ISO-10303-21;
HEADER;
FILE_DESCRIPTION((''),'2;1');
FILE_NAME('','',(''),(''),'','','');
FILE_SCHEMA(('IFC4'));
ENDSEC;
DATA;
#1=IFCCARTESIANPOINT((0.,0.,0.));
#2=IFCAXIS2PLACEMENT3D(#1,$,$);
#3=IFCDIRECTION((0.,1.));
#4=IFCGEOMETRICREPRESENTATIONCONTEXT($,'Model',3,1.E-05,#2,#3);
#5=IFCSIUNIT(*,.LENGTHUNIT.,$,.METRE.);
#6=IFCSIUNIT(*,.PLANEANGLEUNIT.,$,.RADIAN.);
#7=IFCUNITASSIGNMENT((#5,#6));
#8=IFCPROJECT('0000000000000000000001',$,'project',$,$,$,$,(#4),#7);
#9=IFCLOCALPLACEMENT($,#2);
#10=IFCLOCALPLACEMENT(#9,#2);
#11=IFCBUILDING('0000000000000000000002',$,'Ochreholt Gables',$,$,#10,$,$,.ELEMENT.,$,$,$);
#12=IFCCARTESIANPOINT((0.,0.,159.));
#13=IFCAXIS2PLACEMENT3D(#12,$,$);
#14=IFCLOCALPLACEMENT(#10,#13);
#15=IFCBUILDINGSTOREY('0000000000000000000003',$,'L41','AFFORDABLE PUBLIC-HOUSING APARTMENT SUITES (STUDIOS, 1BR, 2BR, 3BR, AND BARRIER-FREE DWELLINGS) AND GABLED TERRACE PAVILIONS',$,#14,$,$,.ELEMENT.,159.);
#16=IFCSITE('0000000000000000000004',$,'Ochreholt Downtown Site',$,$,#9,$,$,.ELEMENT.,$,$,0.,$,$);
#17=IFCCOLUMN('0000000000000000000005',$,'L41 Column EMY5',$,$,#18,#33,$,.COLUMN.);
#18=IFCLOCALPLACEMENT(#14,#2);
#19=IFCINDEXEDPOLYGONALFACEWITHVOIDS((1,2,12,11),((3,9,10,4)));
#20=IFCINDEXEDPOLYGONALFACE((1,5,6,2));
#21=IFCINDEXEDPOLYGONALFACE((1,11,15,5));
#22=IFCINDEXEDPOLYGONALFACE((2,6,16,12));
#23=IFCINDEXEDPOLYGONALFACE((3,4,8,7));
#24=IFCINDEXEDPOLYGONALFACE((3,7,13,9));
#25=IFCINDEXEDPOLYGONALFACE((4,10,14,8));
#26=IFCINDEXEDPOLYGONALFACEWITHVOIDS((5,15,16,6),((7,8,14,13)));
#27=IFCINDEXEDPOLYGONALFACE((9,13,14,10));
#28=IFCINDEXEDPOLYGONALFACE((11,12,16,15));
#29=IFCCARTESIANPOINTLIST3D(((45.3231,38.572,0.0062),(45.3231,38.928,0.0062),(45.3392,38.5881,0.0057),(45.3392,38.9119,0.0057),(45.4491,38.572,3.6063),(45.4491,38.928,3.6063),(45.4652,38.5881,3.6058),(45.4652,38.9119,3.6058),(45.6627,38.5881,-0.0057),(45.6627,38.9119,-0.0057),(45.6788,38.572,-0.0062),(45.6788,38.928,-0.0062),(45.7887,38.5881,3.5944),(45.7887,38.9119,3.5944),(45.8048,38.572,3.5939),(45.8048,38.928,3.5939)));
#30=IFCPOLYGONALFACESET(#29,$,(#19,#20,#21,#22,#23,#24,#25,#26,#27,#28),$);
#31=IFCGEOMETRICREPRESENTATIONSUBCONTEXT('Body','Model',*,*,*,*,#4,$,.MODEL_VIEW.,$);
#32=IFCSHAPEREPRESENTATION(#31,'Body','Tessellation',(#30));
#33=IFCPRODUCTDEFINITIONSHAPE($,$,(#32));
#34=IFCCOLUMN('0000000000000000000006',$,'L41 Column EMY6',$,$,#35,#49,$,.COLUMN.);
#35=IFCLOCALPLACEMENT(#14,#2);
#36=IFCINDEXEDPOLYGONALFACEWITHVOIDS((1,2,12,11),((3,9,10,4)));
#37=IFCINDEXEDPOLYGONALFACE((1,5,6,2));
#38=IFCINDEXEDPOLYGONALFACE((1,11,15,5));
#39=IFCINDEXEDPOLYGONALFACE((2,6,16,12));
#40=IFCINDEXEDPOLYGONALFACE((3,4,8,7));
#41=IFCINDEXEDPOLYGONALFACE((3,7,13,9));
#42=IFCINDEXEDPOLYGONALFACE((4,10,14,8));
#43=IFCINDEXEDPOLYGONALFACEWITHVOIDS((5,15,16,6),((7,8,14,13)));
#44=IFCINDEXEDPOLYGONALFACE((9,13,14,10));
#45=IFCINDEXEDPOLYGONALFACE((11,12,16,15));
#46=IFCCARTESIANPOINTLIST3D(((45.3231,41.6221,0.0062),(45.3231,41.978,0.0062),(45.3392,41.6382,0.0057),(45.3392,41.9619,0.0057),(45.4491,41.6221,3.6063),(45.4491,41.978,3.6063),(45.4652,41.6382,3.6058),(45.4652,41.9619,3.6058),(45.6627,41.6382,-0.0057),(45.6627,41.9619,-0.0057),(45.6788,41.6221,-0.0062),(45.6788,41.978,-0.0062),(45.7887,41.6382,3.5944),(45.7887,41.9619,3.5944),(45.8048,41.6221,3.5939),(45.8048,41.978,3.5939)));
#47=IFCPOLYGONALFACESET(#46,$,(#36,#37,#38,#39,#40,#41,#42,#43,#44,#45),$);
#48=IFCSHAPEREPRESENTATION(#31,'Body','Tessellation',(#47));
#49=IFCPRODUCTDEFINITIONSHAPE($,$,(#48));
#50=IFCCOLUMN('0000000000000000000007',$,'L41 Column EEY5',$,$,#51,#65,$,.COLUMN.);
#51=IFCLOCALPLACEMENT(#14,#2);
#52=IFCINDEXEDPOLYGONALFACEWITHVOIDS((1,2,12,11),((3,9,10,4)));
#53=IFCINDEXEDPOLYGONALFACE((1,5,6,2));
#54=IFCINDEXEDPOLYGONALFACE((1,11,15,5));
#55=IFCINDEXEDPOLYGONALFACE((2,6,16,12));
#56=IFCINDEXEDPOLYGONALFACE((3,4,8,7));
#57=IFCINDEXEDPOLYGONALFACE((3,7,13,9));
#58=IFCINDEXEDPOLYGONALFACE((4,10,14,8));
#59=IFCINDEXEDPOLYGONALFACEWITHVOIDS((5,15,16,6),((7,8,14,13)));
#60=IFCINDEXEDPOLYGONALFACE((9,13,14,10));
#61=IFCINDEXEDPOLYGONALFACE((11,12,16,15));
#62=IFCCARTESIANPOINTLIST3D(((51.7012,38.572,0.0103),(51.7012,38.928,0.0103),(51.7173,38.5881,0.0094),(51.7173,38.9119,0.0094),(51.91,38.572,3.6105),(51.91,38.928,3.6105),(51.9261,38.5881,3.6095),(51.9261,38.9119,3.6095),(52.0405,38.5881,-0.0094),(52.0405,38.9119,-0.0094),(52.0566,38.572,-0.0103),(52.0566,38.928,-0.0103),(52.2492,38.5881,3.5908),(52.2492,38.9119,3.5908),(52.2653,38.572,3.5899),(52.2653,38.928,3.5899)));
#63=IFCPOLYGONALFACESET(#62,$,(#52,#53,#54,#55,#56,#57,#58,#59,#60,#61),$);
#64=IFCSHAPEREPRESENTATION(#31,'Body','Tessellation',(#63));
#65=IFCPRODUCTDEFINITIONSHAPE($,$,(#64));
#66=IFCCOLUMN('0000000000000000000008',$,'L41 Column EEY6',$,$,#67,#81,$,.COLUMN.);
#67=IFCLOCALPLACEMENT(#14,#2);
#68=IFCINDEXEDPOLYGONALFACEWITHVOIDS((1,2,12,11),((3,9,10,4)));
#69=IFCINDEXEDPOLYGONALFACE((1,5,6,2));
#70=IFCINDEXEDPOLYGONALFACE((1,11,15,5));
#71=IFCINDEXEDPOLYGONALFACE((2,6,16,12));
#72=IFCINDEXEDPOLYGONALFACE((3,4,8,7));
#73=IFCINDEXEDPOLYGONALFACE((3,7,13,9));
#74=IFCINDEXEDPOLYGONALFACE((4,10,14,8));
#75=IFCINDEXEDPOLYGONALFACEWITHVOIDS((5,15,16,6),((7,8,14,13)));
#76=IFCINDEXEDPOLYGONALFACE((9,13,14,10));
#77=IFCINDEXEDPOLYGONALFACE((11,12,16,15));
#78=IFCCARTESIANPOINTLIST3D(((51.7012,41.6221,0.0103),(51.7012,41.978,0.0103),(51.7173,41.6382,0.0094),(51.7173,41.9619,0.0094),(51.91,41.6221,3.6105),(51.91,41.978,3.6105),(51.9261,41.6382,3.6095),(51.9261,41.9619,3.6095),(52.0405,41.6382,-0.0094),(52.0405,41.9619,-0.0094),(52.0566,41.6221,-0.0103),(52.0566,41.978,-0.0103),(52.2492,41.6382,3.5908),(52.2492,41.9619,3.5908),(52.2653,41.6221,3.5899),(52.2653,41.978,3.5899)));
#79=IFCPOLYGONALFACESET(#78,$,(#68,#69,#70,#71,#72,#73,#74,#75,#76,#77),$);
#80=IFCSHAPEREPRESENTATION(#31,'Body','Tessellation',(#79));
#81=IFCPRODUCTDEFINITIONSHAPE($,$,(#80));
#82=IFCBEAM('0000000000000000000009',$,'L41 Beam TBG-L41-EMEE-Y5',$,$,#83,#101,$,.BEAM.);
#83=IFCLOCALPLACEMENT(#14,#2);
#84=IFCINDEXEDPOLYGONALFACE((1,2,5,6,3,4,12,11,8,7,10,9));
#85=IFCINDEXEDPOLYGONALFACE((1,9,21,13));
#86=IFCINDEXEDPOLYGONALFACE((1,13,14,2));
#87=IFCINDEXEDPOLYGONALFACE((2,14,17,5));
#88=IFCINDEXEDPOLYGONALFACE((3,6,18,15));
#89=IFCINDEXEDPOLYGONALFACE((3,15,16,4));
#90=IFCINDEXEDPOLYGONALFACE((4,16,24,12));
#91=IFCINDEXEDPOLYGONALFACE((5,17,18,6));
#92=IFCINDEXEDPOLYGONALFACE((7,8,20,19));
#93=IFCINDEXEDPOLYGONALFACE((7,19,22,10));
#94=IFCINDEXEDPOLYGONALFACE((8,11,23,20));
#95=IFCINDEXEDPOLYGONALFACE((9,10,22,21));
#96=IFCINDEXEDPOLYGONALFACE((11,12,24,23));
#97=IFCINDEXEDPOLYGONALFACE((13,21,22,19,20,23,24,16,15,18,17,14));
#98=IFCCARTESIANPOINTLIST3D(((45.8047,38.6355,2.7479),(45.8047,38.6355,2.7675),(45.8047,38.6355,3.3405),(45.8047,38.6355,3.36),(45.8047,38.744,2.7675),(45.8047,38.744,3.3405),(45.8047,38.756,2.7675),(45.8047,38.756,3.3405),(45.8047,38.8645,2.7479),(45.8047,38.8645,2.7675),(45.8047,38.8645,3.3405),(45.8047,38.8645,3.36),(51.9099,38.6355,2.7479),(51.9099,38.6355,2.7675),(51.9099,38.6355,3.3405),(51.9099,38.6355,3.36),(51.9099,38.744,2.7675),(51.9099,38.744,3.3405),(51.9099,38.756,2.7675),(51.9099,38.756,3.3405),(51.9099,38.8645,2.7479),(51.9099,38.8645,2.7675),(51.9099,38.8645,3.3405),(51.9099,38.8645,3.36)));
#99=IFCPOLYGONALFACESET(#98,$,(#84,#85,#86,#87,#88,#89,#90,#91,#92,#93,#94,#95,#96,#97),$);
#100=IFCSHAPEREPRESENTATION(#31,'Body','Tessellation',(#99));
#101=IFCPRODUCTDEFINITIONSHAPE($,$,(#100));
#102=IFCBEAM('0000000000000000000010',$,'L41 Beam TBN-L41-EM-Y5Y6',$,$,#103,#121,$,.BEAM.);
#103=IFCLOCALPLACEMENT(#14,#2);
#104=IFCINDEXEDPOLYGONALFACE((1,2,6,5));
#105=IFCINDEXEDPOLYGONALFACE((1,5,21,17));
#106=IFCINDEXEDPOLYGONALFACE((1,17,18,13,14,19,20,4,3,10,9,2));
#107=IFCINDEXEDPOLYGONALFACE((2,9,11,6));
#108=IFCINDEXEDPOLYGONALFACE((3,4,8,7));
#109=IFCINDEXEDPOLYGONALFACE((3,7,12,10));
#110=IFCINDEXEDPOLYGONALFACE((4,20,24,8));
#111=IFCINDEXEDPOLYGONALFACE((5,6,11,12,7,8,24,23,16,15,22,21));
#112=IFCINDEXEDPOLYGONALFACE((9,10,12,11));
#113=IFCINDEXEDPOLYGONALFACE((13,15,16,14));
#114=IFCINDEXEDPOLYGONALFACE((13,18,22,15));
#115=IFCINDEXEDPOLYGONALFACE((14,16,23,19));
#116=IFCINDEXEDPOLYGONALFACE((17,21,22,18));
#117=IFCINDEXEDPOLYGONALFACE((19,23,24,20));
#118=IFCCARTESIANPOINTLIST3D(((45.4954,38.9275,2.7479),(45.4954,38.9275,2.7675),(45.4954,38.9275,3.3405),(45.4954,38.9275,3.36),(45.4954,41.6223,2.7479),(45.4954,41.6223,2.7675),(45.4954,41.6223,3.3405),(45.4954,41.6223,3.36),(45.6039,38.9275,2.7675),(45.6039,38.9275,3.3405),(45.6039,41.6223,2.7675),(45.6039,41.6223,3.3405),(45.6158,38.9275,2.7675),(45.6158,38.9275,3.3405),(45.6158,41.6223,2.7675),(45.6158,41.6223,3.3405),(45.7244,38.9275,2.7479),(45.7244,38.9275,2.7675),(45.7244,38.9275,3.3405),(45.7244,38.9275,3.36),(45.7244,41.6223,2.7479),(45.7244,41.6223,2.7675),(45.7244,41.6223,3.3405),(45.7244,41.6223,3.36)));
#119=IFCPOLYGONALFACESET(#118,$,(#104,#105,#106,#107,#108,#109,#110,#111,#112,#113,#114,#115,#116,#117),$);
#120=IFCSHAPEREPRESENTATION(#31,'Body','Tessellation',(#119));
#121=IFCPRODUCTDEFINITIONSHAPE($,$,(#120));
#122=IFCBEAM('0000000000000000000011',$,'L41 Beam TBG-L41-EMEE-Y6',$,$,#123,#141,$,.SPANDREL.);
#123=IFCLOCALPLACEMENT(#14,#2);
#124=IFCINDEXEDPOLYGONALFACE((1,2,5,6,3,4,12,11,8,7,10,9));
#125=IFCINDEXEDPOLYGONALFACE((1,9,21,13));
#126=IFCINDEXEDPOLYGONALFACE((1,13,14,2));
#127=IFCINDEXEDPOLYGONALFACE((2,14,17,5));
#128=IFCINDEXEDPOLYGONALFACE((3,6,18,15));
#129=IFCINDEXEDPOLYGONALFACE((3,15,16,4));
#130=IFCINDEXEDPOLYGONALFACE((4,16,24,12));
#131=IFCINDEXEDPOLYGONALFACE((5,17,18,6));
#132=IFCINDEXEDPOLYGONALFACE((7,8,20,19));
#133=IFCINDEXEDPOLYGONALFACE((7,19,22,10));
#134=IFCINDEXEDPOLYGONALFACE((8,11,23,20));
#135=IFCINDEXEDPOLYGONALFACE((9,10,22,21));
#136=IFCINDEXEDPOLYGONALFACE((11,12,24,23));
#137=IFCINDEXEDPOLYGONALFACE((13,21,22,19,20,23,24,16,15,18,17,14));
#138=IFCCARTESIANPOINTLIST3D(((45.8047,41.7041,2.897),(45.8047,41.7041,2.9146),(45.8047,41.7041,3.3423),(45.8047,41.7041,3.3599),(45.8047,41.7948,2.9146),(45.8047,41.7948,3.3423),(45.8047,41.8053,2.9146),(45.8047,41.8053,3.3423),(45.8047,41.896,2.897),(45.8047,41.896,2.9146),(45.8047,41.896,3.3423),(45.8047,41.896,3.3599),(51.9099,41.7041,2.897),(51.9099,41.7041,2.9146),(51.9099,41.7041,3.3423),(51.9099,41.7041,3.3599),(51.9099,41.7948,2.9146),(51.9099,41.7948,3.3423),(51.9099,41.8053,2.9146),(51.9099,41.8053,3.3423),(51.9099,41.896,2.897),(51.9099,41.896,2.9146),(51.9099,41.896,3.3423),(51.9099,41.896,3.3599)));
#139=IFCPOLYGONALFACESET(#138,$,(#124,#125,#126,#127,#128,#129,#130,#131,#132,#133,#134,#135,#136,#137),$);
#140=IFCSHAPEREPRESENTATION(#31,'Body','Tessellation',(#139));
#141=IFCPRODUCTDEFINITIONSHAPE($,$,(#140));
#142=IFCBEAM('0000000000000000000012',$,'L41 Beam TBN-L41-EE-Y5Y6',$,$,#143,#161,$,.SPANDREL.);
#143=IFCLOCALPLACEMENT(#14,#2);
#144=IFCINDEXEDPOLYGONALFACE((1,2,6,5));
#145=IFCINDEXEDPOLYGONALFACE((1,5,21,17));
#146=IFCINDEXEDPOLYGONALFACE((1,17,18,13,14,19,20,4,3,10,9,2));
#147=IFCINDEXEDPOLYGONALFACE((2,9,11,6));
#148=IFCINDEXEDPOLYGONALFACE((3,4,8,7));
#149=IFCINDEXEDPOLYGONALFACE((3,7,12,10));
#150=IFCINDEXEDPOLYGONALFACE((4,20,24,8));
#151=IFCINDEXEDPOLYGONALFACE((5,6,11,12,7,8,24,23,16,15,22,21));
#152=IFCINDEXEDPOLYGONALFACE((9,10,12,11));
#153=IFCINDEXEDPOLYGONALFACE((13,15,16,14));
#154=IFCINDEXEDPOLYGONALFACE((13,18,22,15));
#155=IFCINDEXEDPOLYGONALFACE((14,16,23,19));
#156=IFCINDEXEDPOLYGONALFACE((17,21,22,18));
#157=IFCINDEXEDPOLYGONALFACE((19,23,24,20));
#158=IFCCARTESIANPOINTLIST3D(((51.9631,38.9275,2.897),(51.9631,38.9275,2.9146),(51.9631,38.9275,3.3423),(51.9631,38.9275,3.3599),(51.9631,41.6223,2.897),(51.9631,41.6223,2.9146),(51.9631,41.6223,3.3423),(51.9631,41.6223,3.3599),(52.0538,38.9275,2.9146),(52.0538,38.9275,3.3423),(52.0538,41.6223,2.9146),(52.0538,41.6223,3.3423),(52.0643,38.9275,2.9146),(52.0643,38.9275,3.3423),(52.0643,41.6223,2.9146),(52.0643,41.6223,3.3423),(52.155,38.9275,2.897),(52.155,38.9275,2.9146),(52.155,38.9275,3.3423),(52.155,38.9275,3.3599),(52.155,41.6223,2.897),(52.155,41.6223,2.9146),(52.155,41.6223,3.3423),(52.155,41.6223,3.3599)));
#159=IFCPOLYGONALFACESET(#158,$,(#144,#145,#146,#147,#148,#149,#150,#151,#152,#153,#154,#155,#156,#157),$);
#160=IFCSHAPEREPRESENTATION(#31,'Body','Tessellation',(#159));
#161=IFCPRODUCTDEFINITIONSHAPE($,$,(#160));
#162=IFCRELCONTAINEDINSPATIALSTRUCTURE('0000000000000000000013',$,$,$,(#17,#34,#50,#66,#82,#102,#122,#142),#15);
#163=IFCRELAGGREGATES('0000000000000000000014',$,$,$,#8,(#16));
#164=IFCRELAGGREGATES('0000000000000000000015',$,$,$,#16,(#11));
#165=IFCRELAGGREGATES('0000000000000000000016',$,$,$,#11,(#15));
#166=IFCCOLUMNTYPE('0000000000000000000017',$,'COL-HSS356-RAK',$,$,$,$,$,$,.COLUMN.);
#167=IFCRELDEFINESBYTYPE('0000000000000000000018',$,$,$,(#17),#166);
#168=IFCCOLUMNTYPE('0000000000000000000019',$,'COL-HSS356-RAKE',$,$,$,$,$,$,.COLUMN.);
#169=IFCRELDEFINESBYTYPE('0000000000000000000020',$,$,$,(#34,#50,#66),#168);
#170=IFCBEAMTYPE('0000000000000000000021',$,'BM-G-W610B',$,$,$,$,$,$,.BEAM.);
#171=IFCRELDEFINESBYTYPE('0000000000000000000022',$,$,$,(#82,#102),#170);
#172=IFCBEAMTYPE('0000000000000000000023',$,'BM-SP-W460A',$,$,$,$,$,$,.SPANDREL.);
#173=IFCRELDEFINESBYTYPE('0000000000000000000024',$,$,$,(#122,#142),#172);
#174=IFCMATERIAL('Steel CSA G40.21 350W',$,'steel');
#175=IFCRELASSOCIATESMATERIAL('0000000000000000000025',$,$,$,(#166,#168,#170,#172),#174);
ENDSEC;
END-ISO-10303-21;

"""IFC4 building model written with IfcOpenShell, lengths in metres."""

from ifc_helpers import new_model, si_unit, direction, frame, origin, origin_2d, place, context, subcontext, project, spatial, hollow_rectangle, i_section, extrude, material, material_profile, profile_set, type_object, element, save


model = new_model("IFC4")

# Units and contexts
model_context = context("Model", 3, precision=1e-05, world=origin(), true_north=direction((0.0, 1.0)))
body_context = subcontext(model_context, "Body", "Model", "MODEL_VIEW")
ifc_project = project(units=[si_unit("LENGTHUNIT", "METRE"), si_unit("PLANEANGLEUNIT", "RADIAN")], contexts=[model_context])

# Site, building, storey
site_placement = place(None, origin())
site = spatial("IfcSite", under=ifc_project, at=site_placement, Name="Ochreholt Downtown Site", CompositionType="ELEMENT", RefElevation=0.0)
building_placement = place(site_placement, origin())
building = spatial("IfcBuilding", under=site, at=building_placement, Name="Ochreholt Gables", CompositionType="ELEMENT")
storey_placement = place(building_placement, frame((0.0, 0.0, 159.0)))
storey = spatial("IfcBuildingStorey", under=building, at=storey_placement, Name="L41", Description="AFFORDABLE PUBLIC-HOUSING APARTMENT SUITES (STUDIOS, 1BR, 2BR, 3BR, AND BARRIER-FREE DWELLINGS) AND GABLED TERRACE PAVILIONS", CompositionType="ELEMENT", Elevation=159.0)

# Columns
ifc_material_1 = material(Name="Steel CSA G40.21 350W", Category="steel")
ifc_material_profile_1 = material_profile(ifc_material_1, hollow_rectangle(XDim=0.356, YDim=0.356, WallThickness=0.0161, at=origin_2d()), Name="HSS356X356X16")
ifc_profile_set_1 = profile_set([ifc_material_profile_1], Name="Steel CSA G40.21 350W")
column_type_1 = type_object("IfcColumnType", Name="COL-HSS356-RAK", PredefinedType="COLUMN", material=ifc_profile_set_1)
column_1_placement = place(storey_placement, frame((45.501, 38.75, 0.0), z_axis=(0.034971, 0.0, 0.999388), x_axis=(0.0, 1.0, 0.0)))
element("IfcColumn", 1, at=column_1_placement, inside=storey, type_object=column_type_1, Name="L41 Column EMY5", PredefinedType="COLUMN", context=body_context, shape_type="SweptSolid", body=[
    extrude(hollow_rectangle(XDim=0.356, YDim=0.356, WallThickness=0.0161, at=origin_2d()), origin(), (0.0, 0.0, 1.0), 3.6023),
])
ifc_material_profile_2 = material_profile(ifc_material_1, hollow_rectangle(XDim=0.356, YDim=0.356, WallThickness=0.0161, at=origin_2d()), Name="HSS356X356X16")
ifc_profile_set_2 = profile_set([ifc_material_profile_2], Name="Steel CSA G40.21 350W")
column_type_2 = type_object("IfcColumnType", Name="COL-HSS356-RAKE", PredefinedType="COLUMN", material=ifc_profile_set_2)
column_2_placement = place(storey_placement, frame((45.501, 41.8, 0.0), z_axis=(0.034971, 0.0, 0.999388), x_axis=(0.0, 1.0, 0.0)))
element("IfcColumn", 2, at=column_2_placement, inside=storey, type_object=column_type_2, Name="L41 Column EMY6", PredefinedType="COLUMN", context=body_context, shape_type="SweptSolid", body=[
    extrude(hollow_rectangle(XDim=0.356, YDim=0.356, WallThickness=0.0161, at=origin_2d()), origin(), (0.0, 0.0, 1.0), 3.6023),
])
for number, where, z_axis, x_axis, name in (
    (3, (51.8789, 38.75, 0.0), (0.057885, 0.0, 0.998323), (0.0, 1.0, 0.0), "L41 Column EEY5"),
    (4, (51.8789, 41.8, 0.0), (0.057885, 0.0, 0.998323), (0.0, 1.0, 0.0), "L41 Column EEY6"),
):
    element("IfcColumn", number, at=place(storey_placement, frame(where, z_axis=z_axis, x_axis=x_axis)), inside=storey, type_object=column_type_2, Name=name, PredefinedType="COLUMN", context=body_context, shape_type="SweptSolid", body=[
        extrude(hollow_rectangle(XDim=0.356, YDim=0.356, WallThickness=0.0161, at=origin_2d()), origin(), (0.0, 0.0, 1.0), 3.6062),
    ])

# Beams
ifc_material_profile_3 = material_profile(ifc_material_1, i_section(OverallWidth=0.229, OverallDepth=0.6121, WebThickness=0.012, FlangeThickness=0.0195, at=origin_2d()), Name="W610X125")
ifc_profile_set_3 = profile_set([ifc_material_profile_3], Name="Steel CSA G40.21 350W")
beam_type_1 = type_object("IfcBeamType", Name="BM-G-W610B", PredefinedType="BEAM", material=ifc_profile_set_3)
beam_1_placement = place(storey_placement, frame((45.8047, 38.75, 3.054), z_axis=(1.0, 0.0, 0.0), x_axis=(0.0, 1.0, 0.0)))
element("IfcBeam", 5, at=beam_1_placement, inside=storey, type_object=beam_type_1, Name="L41 Beam TBG-L41-EMEE-Y5", PredefinedType="BEAM", context=body_context, shape_type="SweptSolid", body=[
    extrude(i_section(OverallWidth=0.229, OverallDepth=0.6121, WebThickness=0.012, FlangeThickness=0.0195, at=origin_2d()), origin(), (0.0, 0.0, 1.0), 6.1052),
])
beam_2_placement = place(storey_placement, frame((45.6099, 38.9275, 3.054), z_axis=(0.0, 1.0, 0.0), x_axis=(-1.0, 0.0, 0.0)))
element("IfcBeam", 6, at=beam_2_placement, inside=storey, type_object=beam_type_1, Name="L41 Beam TBN-L41-EM-Y5Y6", PredefinedType="BEAM", context=body_context, shape_type="SweptSolid", body=[
    extrude(i_section(OverallWidth=0.229, OverallDepth=0.6121, WebThickness=0.012, FlangeThickness=0.0195, at=origin_2d()), origin(), (0.0, 0.0, 1.0), 2.6948),
])
ifc_material_profile_4 = material_profile(ifc_material_1, i_section(OverallWidth=0.1919, OverallDepth=0.4629, WebThickness=0.0105, FlangeThickness=0.0176, at=origin_2d()), Name="W460X89")
ifc_profile_set_4 = profile_set([ifc_material_profile_4], Name="Steel CSA G40.21 350W")
beam_type_2 = type_object("IfcBeamType", Name="BM-SP-W460A", PredefinedType="SPANDREL", material=ifc_profile_set_4)
beam_3_placement = place(storey_placement, frame((45.8047, 41.8, 3.1284), z_axis=(1.0, 0.0, 0.0), x_axis=(0.0, 1.0, 0.0)))
element("IfcBeam", 7, at=beam_3_placement, inside=storey, type_object=beam_type_2, Name="L41 Beam TBG-L41-EMEE-Y6", PredefinedType="SPANDREL", context=body_context, shape_type="SweptSolid", body=[
    extrude(i_section(OverallWidth=0.1919, OverallDepth=0.4629, WebThickness=0.0105, FlangeThickness=0.0176, at=origin_2d()), origin(), (0.0, 0.0, 1.0), 6.1052),
])
beam_4_placement = place(storey_placement, frame((52.0591, 38.9275, 3.1284), z_axis=(0.0, 1.0, 0.0), x_axis=(-1.0, 0.0, 0.0)))
element("IfcBeam", 8, at=beam_4_placement, inside=storey, type_object=beam_type_2, Name="L41 Beam TBN-L41-EE-Y5Y6", PredefinedType="SPANDREL", context=body_context, shape_type="SweptSolid", body=[
    extrude(i_section(OverallWidth=0.1919, OverallDepth=0.4629, WebThickness=0.0105, FlangeThickness=0.0176, at=origin_2d()), origin(), (0.0, 0.0, 1.0), 2.6948),
])

save(model, "model.ifc")
